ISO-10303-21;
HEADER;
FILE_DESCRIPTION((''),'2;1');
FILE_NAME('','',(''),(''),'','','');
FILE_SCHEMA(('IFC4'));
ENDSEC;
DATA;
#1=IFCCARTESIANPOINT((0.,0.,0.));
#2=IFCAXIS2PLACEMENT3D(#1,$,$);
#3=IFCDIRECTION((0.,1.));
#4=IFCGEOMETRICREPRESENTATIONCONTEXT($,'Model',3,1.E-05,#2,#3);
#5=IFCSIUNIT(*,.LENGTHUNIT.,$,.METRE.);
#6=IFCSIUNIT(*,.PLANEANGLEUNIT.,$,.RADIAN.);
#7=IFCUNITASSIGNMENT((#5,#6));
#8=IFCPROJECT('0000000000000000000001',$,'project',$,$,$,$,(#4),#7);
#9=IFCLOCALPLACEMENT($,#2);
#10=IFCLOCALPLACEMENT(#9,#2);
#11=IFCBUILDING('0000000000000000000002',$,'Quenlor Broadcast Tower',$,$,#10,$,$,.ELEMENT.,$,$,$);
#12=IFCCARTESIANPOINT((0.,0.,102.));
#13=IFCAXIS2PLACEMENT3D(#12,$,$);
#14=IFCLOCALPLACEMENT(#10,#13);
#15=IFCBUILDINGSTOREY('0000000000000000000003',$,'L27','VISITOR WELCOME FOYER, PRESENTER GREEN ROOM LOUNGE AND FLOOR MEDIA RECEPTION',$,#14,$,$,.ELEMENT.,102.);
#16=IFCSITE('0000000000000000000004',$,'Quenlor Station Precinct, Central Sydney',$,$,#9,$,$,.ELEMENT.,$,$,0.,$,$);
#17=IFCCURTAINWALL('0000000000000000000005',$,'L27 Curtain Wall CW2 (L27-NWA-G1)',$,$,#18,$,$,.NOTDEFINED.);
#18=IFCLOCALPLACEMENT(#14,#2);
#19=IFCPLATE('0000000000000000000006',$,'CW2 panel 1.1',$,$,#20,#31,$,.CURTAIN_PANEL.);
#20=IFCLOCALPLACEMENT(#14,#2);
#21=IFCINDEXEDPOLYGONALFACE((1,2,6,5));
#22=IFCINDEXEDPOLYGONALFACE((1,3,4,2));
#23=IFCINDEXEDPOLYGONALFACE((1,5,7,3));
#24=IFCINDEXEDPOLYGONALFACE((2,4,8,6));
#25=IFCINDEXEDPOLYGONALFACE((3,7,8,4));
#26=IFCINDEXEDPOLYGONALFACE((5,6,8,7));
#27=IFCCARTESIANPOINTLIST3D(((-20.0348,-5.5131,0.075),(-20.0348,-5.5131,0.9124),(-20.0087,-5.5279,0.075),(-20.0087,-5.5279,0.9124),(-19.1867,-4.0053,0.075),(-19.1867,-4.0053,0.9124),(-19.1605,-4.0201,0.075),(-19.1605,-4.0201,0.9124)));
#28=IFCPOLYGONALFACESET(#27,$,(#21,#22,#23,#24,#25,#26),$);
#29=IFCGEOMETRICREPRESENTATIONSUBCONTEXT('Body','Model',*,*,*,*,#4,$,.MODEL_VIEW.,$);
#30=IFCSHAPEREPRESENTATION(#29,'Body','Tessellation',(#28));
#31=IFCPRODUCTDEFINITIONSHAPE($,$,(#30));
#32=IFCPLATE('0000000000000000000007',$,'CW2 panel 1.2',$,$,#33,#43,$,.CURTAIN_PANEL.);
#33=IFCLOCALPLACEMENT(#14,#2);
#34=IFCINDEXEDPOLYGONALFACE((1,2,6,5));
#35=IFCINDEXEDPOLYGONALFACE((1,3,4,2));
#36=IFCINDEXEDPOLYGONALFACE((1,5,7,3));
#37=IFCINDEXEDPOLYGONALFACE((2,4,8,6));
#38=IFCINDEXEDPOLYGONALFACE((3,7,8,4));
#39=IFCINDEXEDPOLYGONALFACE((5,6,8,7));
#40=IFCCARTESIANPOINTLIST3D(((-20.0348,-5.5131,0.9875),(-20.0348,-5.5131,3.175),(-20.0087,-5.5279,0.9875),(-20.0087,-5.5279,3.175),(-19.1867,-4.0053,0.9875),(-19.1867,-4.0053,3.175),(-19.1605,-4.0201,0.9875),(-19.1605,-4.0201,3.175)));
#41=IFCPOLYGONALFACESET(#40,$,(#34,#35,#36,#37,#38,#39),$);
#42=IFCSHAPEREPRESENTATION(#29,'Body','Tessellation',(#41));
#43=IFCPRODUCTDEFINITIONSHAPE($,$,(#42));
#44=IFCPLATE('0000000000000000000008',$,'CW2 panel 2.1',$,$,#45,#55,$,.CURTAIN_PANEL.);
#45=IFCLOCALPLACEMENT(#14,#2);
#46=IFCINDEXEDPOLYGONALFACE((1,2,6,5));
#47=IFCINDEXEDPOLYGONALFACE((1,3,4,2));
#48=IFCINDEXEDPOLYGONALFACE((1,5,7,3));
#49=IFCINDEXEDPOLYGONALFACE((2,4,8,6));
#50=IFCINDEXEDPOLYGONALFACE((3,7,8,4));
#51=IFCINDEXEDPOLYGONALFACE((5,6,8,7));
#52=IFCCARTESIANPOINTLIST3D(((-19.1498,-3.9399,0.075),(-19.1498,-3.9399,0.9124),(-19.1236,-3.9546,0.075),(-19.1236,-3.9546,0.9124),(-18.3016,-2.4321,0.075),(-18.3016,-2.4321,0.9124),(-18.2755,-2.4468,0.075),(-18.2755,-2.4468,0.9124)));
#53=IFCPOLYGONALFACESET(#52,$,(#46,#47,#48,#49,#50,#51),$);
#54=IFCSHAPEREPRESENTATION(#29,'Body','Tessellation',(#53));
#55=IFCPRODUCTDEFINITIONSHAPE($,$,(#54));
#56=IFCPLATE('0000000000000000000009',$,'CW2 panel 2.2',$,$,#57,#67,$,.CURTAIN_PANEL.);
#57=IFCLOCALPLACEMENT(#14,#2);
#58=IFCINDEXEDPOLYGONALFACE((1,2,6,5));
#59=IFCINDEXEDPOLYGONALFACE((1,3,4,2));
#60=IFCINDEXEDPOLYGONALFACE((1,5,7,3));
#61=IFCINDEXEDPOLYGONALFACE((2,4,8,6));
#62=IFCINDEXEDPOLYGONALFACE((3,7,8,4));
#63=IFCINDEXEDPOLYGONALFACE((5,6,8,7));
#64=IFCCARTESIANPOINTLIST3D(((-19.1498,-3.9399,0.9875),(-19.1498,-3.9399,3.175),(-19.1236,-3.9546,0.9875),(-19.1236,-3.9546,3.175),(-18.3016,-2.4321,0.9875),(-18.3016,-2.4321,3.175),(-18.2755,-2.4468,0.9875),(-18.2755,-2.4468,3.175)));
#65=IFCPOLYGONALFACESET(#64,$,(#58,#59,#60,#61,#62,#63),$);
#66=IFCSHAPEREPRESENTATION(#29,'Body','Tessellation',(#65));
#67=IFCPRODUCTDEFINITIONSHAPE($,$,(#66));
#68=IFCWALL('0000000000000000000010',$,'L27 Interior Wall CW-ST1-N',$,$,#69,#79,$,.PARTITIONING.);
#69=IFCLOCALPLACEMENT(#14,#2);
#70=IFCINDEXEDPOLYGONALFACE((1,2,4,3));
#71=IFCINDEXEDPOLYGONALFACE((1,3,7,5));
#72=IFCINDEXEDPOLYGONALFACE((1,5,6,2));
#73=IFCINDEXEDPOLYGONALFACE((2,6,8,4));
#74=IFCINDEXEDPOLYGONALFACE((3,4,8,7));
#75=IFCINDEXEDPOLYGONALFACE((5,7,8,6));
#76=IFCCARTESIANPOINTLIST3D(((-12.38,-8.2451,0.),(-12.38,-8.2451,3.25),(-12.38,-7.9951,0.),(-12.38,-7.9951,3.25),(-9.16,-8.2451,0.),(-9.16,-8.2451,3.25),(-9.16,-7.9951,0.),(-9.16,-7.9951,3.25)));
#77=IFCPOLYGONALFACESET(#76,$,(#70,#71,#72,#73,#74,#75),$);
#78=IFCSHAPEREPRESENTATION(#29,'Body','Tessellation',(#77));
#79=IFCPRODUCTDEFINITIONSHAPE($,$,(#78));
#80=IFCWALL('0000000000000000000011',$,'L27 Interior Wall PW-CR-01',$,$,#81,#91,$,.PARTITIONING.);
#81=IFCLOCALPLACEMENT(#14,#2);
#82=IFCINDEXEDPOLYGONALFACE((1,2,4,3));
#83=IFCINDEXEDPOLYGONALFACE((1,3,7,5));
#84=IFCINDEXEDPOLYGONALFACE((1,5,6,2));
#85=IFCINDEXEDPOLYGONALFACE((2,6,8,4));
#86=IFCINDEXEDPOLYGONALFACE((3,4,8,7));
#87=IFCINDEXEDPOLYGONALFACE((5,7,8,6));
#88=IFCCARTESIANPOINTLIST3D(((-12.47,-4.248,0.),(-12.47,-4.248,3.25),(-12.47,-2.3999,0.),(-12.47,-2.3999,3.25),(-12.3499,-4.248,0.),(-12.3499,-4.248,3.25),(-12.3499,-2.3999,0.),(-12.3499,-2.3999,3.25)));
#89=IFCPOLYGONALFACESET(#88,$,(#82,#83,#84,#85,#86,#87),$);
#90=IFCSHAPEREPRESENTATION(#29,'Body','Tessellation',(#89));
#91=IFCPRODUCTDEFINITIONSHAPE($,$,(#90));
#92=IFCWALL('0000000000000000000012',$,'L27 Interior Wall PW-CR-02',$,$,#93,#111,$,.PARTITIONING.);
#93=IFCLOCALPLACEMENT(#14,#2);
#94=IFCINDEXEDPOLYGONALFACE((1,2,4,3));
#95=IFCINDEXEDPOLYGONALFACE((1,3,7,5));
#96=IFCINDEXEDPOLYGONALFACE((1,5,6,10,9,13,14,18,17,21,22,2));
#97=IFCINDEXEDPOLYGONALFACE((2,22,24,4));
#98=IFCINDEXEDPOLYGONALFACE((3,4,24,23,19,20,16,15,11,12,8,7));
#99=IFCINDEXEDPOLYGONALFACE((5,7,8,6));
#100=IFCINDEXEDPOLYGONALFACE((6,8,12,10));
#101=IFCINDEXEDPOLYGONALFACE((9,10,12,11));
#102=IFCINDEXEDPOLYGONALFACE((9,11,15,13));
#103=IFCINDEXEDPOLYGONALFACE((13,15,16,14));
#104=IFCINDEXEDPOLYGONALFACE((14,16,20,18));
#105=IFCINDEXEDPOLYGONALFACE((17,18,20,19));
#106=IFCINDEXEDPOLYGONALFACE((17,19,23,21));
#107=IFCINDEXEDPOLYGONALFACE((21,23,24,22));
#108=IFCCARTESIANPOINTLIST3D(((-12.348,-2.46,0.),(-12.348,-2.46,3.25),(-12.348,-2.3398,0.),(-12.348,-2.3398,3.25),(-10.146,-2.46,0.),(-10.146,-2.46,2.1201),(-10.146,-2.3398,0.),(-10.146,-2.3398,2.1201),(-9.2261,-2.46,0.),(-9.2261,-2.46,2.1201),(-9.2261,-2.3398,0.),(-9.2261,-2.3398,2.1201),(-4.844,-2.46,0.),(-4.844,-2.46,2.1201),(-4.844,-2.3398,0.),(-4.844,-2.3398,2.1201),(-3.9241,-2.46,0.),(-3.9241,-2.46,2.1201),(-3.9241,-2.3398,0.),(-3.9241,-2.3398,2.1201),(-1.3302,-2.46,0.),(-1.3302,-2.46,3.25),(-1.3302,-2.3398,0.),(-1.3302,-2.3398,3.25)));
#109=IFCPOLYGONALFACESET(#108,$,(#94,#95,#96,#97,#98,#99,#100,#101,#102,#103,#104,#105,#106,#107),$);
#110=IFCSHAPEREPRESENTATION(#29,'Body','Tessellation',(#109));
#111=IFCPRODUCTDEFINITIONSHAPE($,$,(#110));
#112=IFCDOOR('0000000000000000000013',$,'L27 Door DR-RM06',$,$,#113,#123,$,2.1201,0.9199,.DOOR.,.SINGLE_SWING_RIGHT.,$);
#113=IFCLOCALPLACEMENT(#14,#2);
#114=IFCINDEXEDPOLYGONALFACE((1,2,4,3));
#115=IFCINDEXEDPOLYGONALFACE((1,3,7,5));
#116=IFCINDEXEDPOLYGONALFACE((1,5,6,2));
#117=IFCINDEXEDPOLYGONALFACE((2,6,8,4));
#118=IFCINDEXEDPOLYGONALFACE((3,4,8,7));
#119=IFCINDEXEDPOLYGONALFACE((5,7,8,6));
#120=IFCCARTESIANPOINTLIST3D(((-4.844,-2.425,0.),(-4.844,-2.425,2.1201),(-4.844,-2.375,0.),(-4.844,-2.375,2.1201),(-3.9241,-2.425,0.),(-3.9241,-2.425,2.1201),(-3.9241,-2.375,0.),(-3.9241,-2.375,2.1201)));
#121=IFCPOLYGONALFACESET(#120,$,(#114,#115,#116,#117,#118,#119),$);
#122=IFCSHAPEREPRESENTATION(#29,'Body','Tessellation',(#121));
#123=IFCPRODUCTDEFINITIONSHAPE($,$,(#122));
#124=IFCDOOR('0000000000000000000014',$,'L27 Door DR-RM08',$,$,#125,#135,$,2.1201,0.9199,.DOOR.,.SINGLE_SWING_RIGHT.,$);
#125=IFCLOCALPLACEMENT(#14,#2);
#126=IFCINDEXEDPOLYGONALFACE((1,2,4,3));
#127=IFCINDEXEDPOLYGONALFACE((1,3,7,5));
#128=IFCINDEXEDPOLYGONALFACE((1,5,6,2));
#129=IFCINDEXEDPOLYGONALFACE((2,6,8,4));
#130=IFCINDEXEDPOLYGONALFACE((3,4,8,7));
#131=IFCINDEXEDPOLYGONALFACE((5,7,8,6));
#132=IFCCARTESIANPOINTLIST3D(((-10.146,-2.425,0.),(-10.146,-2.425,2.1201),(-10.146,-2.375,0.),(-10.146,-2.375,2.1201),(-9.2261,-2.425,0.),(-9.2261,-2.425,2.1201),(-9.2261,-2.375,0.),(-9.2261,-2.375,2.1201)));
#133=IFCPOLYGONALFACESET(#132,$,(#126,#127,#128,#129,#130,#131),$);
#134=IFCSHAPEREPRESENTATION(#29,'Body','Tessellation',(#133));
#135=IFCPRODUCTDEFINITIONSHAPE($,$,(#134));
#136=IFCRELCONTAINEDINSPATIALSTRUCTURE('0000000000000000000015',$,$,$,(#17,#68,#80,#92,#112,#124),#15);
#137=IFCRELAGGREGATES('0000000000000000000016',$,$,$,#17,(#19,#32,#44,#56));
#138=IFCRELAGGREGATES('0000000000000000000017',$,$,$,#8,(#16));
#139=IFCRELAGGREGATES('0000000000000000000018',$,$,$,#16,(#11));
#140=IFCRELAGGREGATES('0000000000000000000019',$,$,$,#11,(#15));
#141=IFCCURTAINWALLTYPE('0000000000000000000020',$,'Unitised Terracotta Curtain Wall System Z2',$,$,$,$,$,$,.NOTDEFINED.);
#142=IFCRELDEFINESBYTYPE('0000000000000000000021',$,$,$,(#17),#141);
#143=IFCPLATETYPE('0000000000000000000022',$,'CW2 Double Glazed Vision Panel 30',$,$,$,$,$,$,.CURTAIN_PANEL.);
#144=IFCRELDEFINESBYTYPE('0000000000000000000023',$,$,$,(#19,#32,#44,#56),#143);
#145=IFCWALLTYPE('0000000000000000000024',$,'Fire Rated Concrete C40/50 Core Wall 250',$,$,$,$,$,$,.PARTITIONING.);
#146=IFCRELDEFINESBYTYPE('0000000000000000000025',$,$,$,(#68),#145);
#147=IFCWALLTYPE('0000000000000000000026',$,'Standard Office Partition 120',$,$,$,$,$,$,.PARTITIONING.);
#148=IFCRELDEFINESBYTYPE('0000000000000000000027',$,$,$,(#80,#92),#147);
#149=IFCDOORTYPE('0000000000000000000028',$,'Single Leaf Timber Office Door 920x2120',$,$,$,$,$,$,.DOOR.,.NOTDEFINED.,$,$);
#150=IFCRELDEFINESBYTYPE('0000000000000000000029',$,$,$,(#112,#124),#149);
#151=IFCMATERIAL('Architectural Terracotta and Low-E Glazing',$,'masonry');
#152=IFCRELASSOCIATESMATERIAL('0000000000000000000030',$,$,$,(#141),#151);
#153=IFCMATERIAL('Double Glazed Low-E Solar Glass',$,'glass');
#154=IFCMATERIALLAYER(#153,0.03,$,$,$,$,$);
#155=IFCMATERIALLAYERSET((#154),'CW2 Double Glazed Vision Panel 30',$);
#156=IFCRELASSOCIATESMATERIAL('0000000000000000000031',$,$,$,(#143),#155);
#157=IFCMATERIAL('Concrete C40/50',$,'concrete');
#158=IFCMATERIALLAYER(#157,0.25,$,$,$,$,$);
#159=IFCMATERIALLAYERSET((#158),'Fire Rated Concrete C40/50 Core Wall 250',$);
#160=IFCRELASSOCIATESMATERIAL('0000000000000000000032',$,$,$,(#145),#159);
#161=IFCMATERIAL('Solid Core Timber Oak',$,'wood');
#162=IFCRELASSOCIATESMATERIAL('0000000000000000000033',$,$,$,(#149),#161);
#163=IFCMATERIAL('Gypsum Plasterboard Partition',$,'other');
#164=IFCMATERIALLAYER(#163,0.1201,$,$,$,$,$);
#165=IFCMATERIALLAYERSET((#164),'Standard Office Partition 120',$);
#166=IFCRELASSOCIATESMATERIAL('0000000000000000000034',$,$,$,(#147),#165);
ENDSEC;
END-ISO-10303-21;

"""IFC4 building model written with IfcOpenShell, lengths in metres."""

from ifc_helpers import new_model, si_unit, direction, frame, frame_2d, origin, origin_2d, place, context, subcontext, project, spatial, rectangle, extrude, material, layer, layer_set, type_object, element, fill, aggregate, save


model = new_model("IFC4")

# Units and contexts
model_context = context("Model", 3, precision=1e-05, world=origin(), true_north=direction((0.0, 1.0)))
body_context = subcontext(model_context, "Body", "Model", "MODEL_VIEW")
ifc_project = project(units=[si_unit("LENGTHUNIT", "METRE"), si_unit("PLANEANGLEUNIT", "RADIAN")], contexts=[model_context])

# Site, building, storey
site_placement = place(None, origin())
site = spatial("IfcSite", under=ifc_project, at=site_placement, Name="Quenlor Station Precinct, Central Sydney", CompositionType="ELEMENT", RefElevation=0.0)
building_placement = place(site_placement, origin())
building = spatial("IfcBuilding", under=site, at=building_placement, Name="Quenlor Broadcast Tower", CompositionType="ELEMENT")
storey_placement = place(building_placement, frame((0.0, 0.0, 102.0)))
storey = spatial("IfcBuildingStorey", under=building, at=storey_placement, Name="L27", Description="VISITOR WELCOME FOYER, PRESENTER GREEN ROOM LOUNGE AND FLOOR MEDIA RECEPTION", CompositionType="ELEMENT", Elevation=102.0)

# Curtain wall
ifc_material_1 = material(Name="Architectural Terracotta and Low-E Glazing", Category="masonry")
curtain_wall_type = type_object("IfcCurtainWallType", Name="Unitised Terracotta Curtain Wall System Z2", PredefinedType="NOTDEFINED", material=ifc_material_1)
curtain_wall_placement = place(storey_placement, origin())
curtain_wall = element("IfcCurtainWall", 1, at=curtain_wall_placement, inside=storey, type_object=curtain_wall_type, Name="L27 Curtain Wall CW2 (L27-NWA-G1)", PredefinedType="NOTDEFINED")

# Plates
ifc_material_2 = material(Name="Double Glazed Low-E Solar Glass", Category="glass")
ifc_layer_1 = layer(ifc_material_2, 0.03)
ifc_layer_set_1 = layer_set([ifc_layer_1], Name="CW2 Double Glazed Vision Panel 30")
plate_type = type_object("IfcPlateType", Name="CW2 Double Glazed Vision Panel 30", PredefinedType="CURTAIN_PANEL", material=ifc_layer_set_1)
plate_1_placement = place(storey_placement, frame((-19.5977, -4.7666, 0.075), z_axis=(0.0, 0.0, 1.0), x_axis=(0.490277, 0.871567, 0.0)))
plate_1 = element("IfcPlate", 2, at=plate_1_placement, type_object=plate_type, Name="CW2 panel 1.1", PredefinedType="CURTAIN_PANEL", context=body_context, shape_type="SweptSolid", body=[
    extrude(rectangle(XDim=1.73, YDim=0.03, at=origin_2d()), origin(), (0.0, 0.0, 1.0), 0.8374),
])
plate_2_placement = place(storey_placement, frame((-19.5977, -4.7666, 0.9875), z_axis=(0.0, 0.0, 1.0), x_axis=(0.490277, 0.871567, 0.0)))
plate_2 = element("IfcPlate", 3, at=plate_2_placement, type_object=plate_type, Name="CW2 panel 1.2", PredefinedType="CURTAIN_PANEL", context=body_context, shape_type="SweptSolid", body=[
    extrude(rectangle(XDim=1.73, YDim=0.03, at=origin_2d()), origin(), (0.0, 0.0, 1.0), 2.1875),
])
plate_3_placement = place(storey_placement, frame((-18.7126, -3.1934, 0.075), z_axis=(0.0, 0.0, 1.0), x_axis=(0.490277, 0.871567, 0.0)))
plate_3 = element("IfcPlate", 4, at=plate_3_placement, type_object=plate_type, Name="CW2 panel 2.1", PredefinedType="CURTAIN_PANEL", context=body_context, shape_type="SweptSolid", body=[
    extrude(rectangle(XDim=1.73, YDim=0.03, at=origin_2d()), origin(), (0.0, 0.0, 1.0), 0.8374),
])
plate_4_placement = place(storey_placement, frame((-18.7126, -3.1934, 0.9875), z_axis=(0.0, 0.0, 1.0), x_axis=(0.490277, 0.871567, 0.0)))
plate_4 = element("IfcPlate", 5, at=plate_4_placement, type_object=plate_type, Name="CW2 panel 2.2", PredefinedType="CURTAIN_PANEL", context=body_context, shape_type="SweptSolid", body=[
    extrude(rectangle(XDim=1.73, YDim=0.03, at=origin_2d()), origin(), (0.0, 0.0, 1.0), 2.1875),
])
aggregate(curtain_wall, [plate_1, plate_2, plate_3, plate_4])

# Wall
ifc_material_3 = material(Name="Concrete C40/50", Category="concrete")
ifc_layer_2 = layer(ifc_material_3, 0.25)
ifc_layer_set_2 = layer_set([ifc_layer_2], Name="Fire Rated Concrete C40/50 Core Wall 250")
wall_type_1 = type_object("IfcWallType", Name="Fire Rated Concrete C40/50 Core Wall 250", PredefinedType="PARTITIONING", material=ifc_layer_set_2)
wall_1_placement = place(storey_placement, frame((-12.3799, -8.1201, 0.0), z_axis=(0.0, 0.0, 1.0), x_axis=(1.0, 0.0, 0.0)))
element("IfcWall", 6, at=wall_1_placement, inside=storey, type_object=wall_type_1, Name="L27 Interior Wall CW-ST1-N", PredefinedType="PARTITIONING", context=body_context, shape_type="SweptSolid", body=[
    extrude(rectangle(XDim=3.22, YDim=0.25, at=frame_2d((1.6099, 0.0))), origin(), (0.0, 0.0, 1.0), 3.25),
])

# Shared definitions
ifc_material_4 = material(Name="Solid Core Timber Oak", Category="wood")
door_type = type_object("IfcDoorType", Name="Single Leaf Timber Office Door 920x2120", OperationType="NOTDEFINED", PredefinedType="DOOR", material=ifc_material_4)

# Wall
ifc_material_5 = material(Name="Gypsum Plasterboard Partition", Category="other")
ifc_layer_3 = layer(ifc_material_5, 0.1201)
ifc_layer_set_3 = layer_set([ifc_layer_3], Name="Standard Office Partition 120")
wall_type_2 = type_object("IfcWallType", Name="Standard Office Partition 120", PredefinedType="PARTITIONING", material=ifc_layer_set_3)
wall_2_placement = place(storey_placement, frame((-12.4099, -4.248, 0.0), z_axis=(0.0, 0.0, 1.0), x_axis=(0.0, 1.0, 0.0)))
element("IfcWall", 7, at=wall_2_placement, inside=storey, type_object=wall_type_2, Name="L27 Interior Wall PW-CR-01", PredefinedType="PARTITIONING", context=body_context, shape_type="SweptSolid", body=[
    extrude(rectangle(XDim=1.8481, YDim=0.1201, at=frame_2d((0.9241, 0.0))), origin(), (0.0, 0.0, 1.0), 3.25),
])

# Wall, openings, doors
wall_3_placement = place(storey_placement, frame((-12.3479, -2.3999, 0.0), z_axis=(0.0, 0.0, 1.0), x_axis=(1.0, 0.0, 0.0)))
wall_3 = element("IfcWall", 8, at=wall_3_placement, inside=storey, type_object=wall_type_2, Name="L27 Interior Wall PW-CR-02", PredefinedType="PARTITIONING", context=body_context, shape_type="SweptSolid", body=[
    extrude(rectangle(XDim=11.0178, YDim=0.1201, at=frame_2d((5.5088, 0.0))), origin(), (0.0, 0.0, 1.0), 3.25),
])
opening_1_placement = place(wall_3_placement, frame((7.5039, 0.0, 0.0)))
opening_1 = element("IfcOpeningElement", 9, at=opening_1_placement, cuts=wall_3, PredefinedType="OPENING", context=body_context, shape_type="SweptSolid", body=[
    extrude(rectangle(XDim=0.9199, YDim=2.1201, at=frame_2d((0.46, 1.0601))), frame((0.0, 0.0701, 0.0), z_axis=(0.0, -1.0, 0.0), x_axis=(1.0, 0.0, 0.0)), (0.0, 0.0, 1.0), 0.1401),
])
opening_2_placement = place(wall_3_placement, frame((2.2019, 0.0, 0.0)))
opening_2 = element("IfcOpeningElement", 10, at=opening_2_placement, cuts=wall_3, PredefinedType="OPENING", context=body_context, shape_type="SweptSolid", body=[
    extrude(rectangle(XDim=0.9199, YDim=2.1201, at=frame_2d((0.46, 1.0601))), frame((0.0, 0.0701, 0.0), z_axis=(0.0, -1.0, 0.0), x_axis=(1.0, 0.0, 0.0)), (0.0, 0.0, 1.0), 0.1401),
])
door_1_placement = place(opening_1_placement, origin())
door_1 = element("IfcDoor", 11, at=door_1_placement, inside=storey, type_object=door_type, Name="L27 Door DR-RM06", OperationType="SINGLE_SWING_RIGHT", OverallHeight=2.1201, OverallWidth=0.9199, PredefinedType="DOOR", context=body_context, shape_type="SweptSolid", body=[
    extrude(rectangle(XDim=0.9199, YDim=2.1201, at=frame_2d((0.46, 1.0601))), frame((0.0, 0.0249, 0.0), z_axis=(0.0, -1.0, 0.0), x_axis=(1.0, 0.0, 0.0)), (0.0, 0.0, 1.0), 0.05),
])
fill(opening_1, door_1)
door_2_placement = place(opening_2_placement, origin())
door_2 = element("IfcDoor", 12, at=door_2_placement, inside=storey, type_object=door_type, Name="L27 Door DR-RM08", OperationType="SINGLE_SWING_RIGHT", OverallHeight=2.1201, OverallWidth=0.9199, PredefinedType="DOOR", context=body_context, shape_type="SweptSolid", body=[
    extrude(rectangle(XDim=0.9199, YDim=2.1201, at=frame_2d((0.46, 1.0601))), frame((0.0, 0.0249, 0.0), z_axis=(0.0, -1.0, 0.0), x_axis=(1.0, 0.0, 0.0)), (0.0, 0.0, 1.0), 0.05),
])
fill(opening_2, door_2)

save(model, "model.ifc")
